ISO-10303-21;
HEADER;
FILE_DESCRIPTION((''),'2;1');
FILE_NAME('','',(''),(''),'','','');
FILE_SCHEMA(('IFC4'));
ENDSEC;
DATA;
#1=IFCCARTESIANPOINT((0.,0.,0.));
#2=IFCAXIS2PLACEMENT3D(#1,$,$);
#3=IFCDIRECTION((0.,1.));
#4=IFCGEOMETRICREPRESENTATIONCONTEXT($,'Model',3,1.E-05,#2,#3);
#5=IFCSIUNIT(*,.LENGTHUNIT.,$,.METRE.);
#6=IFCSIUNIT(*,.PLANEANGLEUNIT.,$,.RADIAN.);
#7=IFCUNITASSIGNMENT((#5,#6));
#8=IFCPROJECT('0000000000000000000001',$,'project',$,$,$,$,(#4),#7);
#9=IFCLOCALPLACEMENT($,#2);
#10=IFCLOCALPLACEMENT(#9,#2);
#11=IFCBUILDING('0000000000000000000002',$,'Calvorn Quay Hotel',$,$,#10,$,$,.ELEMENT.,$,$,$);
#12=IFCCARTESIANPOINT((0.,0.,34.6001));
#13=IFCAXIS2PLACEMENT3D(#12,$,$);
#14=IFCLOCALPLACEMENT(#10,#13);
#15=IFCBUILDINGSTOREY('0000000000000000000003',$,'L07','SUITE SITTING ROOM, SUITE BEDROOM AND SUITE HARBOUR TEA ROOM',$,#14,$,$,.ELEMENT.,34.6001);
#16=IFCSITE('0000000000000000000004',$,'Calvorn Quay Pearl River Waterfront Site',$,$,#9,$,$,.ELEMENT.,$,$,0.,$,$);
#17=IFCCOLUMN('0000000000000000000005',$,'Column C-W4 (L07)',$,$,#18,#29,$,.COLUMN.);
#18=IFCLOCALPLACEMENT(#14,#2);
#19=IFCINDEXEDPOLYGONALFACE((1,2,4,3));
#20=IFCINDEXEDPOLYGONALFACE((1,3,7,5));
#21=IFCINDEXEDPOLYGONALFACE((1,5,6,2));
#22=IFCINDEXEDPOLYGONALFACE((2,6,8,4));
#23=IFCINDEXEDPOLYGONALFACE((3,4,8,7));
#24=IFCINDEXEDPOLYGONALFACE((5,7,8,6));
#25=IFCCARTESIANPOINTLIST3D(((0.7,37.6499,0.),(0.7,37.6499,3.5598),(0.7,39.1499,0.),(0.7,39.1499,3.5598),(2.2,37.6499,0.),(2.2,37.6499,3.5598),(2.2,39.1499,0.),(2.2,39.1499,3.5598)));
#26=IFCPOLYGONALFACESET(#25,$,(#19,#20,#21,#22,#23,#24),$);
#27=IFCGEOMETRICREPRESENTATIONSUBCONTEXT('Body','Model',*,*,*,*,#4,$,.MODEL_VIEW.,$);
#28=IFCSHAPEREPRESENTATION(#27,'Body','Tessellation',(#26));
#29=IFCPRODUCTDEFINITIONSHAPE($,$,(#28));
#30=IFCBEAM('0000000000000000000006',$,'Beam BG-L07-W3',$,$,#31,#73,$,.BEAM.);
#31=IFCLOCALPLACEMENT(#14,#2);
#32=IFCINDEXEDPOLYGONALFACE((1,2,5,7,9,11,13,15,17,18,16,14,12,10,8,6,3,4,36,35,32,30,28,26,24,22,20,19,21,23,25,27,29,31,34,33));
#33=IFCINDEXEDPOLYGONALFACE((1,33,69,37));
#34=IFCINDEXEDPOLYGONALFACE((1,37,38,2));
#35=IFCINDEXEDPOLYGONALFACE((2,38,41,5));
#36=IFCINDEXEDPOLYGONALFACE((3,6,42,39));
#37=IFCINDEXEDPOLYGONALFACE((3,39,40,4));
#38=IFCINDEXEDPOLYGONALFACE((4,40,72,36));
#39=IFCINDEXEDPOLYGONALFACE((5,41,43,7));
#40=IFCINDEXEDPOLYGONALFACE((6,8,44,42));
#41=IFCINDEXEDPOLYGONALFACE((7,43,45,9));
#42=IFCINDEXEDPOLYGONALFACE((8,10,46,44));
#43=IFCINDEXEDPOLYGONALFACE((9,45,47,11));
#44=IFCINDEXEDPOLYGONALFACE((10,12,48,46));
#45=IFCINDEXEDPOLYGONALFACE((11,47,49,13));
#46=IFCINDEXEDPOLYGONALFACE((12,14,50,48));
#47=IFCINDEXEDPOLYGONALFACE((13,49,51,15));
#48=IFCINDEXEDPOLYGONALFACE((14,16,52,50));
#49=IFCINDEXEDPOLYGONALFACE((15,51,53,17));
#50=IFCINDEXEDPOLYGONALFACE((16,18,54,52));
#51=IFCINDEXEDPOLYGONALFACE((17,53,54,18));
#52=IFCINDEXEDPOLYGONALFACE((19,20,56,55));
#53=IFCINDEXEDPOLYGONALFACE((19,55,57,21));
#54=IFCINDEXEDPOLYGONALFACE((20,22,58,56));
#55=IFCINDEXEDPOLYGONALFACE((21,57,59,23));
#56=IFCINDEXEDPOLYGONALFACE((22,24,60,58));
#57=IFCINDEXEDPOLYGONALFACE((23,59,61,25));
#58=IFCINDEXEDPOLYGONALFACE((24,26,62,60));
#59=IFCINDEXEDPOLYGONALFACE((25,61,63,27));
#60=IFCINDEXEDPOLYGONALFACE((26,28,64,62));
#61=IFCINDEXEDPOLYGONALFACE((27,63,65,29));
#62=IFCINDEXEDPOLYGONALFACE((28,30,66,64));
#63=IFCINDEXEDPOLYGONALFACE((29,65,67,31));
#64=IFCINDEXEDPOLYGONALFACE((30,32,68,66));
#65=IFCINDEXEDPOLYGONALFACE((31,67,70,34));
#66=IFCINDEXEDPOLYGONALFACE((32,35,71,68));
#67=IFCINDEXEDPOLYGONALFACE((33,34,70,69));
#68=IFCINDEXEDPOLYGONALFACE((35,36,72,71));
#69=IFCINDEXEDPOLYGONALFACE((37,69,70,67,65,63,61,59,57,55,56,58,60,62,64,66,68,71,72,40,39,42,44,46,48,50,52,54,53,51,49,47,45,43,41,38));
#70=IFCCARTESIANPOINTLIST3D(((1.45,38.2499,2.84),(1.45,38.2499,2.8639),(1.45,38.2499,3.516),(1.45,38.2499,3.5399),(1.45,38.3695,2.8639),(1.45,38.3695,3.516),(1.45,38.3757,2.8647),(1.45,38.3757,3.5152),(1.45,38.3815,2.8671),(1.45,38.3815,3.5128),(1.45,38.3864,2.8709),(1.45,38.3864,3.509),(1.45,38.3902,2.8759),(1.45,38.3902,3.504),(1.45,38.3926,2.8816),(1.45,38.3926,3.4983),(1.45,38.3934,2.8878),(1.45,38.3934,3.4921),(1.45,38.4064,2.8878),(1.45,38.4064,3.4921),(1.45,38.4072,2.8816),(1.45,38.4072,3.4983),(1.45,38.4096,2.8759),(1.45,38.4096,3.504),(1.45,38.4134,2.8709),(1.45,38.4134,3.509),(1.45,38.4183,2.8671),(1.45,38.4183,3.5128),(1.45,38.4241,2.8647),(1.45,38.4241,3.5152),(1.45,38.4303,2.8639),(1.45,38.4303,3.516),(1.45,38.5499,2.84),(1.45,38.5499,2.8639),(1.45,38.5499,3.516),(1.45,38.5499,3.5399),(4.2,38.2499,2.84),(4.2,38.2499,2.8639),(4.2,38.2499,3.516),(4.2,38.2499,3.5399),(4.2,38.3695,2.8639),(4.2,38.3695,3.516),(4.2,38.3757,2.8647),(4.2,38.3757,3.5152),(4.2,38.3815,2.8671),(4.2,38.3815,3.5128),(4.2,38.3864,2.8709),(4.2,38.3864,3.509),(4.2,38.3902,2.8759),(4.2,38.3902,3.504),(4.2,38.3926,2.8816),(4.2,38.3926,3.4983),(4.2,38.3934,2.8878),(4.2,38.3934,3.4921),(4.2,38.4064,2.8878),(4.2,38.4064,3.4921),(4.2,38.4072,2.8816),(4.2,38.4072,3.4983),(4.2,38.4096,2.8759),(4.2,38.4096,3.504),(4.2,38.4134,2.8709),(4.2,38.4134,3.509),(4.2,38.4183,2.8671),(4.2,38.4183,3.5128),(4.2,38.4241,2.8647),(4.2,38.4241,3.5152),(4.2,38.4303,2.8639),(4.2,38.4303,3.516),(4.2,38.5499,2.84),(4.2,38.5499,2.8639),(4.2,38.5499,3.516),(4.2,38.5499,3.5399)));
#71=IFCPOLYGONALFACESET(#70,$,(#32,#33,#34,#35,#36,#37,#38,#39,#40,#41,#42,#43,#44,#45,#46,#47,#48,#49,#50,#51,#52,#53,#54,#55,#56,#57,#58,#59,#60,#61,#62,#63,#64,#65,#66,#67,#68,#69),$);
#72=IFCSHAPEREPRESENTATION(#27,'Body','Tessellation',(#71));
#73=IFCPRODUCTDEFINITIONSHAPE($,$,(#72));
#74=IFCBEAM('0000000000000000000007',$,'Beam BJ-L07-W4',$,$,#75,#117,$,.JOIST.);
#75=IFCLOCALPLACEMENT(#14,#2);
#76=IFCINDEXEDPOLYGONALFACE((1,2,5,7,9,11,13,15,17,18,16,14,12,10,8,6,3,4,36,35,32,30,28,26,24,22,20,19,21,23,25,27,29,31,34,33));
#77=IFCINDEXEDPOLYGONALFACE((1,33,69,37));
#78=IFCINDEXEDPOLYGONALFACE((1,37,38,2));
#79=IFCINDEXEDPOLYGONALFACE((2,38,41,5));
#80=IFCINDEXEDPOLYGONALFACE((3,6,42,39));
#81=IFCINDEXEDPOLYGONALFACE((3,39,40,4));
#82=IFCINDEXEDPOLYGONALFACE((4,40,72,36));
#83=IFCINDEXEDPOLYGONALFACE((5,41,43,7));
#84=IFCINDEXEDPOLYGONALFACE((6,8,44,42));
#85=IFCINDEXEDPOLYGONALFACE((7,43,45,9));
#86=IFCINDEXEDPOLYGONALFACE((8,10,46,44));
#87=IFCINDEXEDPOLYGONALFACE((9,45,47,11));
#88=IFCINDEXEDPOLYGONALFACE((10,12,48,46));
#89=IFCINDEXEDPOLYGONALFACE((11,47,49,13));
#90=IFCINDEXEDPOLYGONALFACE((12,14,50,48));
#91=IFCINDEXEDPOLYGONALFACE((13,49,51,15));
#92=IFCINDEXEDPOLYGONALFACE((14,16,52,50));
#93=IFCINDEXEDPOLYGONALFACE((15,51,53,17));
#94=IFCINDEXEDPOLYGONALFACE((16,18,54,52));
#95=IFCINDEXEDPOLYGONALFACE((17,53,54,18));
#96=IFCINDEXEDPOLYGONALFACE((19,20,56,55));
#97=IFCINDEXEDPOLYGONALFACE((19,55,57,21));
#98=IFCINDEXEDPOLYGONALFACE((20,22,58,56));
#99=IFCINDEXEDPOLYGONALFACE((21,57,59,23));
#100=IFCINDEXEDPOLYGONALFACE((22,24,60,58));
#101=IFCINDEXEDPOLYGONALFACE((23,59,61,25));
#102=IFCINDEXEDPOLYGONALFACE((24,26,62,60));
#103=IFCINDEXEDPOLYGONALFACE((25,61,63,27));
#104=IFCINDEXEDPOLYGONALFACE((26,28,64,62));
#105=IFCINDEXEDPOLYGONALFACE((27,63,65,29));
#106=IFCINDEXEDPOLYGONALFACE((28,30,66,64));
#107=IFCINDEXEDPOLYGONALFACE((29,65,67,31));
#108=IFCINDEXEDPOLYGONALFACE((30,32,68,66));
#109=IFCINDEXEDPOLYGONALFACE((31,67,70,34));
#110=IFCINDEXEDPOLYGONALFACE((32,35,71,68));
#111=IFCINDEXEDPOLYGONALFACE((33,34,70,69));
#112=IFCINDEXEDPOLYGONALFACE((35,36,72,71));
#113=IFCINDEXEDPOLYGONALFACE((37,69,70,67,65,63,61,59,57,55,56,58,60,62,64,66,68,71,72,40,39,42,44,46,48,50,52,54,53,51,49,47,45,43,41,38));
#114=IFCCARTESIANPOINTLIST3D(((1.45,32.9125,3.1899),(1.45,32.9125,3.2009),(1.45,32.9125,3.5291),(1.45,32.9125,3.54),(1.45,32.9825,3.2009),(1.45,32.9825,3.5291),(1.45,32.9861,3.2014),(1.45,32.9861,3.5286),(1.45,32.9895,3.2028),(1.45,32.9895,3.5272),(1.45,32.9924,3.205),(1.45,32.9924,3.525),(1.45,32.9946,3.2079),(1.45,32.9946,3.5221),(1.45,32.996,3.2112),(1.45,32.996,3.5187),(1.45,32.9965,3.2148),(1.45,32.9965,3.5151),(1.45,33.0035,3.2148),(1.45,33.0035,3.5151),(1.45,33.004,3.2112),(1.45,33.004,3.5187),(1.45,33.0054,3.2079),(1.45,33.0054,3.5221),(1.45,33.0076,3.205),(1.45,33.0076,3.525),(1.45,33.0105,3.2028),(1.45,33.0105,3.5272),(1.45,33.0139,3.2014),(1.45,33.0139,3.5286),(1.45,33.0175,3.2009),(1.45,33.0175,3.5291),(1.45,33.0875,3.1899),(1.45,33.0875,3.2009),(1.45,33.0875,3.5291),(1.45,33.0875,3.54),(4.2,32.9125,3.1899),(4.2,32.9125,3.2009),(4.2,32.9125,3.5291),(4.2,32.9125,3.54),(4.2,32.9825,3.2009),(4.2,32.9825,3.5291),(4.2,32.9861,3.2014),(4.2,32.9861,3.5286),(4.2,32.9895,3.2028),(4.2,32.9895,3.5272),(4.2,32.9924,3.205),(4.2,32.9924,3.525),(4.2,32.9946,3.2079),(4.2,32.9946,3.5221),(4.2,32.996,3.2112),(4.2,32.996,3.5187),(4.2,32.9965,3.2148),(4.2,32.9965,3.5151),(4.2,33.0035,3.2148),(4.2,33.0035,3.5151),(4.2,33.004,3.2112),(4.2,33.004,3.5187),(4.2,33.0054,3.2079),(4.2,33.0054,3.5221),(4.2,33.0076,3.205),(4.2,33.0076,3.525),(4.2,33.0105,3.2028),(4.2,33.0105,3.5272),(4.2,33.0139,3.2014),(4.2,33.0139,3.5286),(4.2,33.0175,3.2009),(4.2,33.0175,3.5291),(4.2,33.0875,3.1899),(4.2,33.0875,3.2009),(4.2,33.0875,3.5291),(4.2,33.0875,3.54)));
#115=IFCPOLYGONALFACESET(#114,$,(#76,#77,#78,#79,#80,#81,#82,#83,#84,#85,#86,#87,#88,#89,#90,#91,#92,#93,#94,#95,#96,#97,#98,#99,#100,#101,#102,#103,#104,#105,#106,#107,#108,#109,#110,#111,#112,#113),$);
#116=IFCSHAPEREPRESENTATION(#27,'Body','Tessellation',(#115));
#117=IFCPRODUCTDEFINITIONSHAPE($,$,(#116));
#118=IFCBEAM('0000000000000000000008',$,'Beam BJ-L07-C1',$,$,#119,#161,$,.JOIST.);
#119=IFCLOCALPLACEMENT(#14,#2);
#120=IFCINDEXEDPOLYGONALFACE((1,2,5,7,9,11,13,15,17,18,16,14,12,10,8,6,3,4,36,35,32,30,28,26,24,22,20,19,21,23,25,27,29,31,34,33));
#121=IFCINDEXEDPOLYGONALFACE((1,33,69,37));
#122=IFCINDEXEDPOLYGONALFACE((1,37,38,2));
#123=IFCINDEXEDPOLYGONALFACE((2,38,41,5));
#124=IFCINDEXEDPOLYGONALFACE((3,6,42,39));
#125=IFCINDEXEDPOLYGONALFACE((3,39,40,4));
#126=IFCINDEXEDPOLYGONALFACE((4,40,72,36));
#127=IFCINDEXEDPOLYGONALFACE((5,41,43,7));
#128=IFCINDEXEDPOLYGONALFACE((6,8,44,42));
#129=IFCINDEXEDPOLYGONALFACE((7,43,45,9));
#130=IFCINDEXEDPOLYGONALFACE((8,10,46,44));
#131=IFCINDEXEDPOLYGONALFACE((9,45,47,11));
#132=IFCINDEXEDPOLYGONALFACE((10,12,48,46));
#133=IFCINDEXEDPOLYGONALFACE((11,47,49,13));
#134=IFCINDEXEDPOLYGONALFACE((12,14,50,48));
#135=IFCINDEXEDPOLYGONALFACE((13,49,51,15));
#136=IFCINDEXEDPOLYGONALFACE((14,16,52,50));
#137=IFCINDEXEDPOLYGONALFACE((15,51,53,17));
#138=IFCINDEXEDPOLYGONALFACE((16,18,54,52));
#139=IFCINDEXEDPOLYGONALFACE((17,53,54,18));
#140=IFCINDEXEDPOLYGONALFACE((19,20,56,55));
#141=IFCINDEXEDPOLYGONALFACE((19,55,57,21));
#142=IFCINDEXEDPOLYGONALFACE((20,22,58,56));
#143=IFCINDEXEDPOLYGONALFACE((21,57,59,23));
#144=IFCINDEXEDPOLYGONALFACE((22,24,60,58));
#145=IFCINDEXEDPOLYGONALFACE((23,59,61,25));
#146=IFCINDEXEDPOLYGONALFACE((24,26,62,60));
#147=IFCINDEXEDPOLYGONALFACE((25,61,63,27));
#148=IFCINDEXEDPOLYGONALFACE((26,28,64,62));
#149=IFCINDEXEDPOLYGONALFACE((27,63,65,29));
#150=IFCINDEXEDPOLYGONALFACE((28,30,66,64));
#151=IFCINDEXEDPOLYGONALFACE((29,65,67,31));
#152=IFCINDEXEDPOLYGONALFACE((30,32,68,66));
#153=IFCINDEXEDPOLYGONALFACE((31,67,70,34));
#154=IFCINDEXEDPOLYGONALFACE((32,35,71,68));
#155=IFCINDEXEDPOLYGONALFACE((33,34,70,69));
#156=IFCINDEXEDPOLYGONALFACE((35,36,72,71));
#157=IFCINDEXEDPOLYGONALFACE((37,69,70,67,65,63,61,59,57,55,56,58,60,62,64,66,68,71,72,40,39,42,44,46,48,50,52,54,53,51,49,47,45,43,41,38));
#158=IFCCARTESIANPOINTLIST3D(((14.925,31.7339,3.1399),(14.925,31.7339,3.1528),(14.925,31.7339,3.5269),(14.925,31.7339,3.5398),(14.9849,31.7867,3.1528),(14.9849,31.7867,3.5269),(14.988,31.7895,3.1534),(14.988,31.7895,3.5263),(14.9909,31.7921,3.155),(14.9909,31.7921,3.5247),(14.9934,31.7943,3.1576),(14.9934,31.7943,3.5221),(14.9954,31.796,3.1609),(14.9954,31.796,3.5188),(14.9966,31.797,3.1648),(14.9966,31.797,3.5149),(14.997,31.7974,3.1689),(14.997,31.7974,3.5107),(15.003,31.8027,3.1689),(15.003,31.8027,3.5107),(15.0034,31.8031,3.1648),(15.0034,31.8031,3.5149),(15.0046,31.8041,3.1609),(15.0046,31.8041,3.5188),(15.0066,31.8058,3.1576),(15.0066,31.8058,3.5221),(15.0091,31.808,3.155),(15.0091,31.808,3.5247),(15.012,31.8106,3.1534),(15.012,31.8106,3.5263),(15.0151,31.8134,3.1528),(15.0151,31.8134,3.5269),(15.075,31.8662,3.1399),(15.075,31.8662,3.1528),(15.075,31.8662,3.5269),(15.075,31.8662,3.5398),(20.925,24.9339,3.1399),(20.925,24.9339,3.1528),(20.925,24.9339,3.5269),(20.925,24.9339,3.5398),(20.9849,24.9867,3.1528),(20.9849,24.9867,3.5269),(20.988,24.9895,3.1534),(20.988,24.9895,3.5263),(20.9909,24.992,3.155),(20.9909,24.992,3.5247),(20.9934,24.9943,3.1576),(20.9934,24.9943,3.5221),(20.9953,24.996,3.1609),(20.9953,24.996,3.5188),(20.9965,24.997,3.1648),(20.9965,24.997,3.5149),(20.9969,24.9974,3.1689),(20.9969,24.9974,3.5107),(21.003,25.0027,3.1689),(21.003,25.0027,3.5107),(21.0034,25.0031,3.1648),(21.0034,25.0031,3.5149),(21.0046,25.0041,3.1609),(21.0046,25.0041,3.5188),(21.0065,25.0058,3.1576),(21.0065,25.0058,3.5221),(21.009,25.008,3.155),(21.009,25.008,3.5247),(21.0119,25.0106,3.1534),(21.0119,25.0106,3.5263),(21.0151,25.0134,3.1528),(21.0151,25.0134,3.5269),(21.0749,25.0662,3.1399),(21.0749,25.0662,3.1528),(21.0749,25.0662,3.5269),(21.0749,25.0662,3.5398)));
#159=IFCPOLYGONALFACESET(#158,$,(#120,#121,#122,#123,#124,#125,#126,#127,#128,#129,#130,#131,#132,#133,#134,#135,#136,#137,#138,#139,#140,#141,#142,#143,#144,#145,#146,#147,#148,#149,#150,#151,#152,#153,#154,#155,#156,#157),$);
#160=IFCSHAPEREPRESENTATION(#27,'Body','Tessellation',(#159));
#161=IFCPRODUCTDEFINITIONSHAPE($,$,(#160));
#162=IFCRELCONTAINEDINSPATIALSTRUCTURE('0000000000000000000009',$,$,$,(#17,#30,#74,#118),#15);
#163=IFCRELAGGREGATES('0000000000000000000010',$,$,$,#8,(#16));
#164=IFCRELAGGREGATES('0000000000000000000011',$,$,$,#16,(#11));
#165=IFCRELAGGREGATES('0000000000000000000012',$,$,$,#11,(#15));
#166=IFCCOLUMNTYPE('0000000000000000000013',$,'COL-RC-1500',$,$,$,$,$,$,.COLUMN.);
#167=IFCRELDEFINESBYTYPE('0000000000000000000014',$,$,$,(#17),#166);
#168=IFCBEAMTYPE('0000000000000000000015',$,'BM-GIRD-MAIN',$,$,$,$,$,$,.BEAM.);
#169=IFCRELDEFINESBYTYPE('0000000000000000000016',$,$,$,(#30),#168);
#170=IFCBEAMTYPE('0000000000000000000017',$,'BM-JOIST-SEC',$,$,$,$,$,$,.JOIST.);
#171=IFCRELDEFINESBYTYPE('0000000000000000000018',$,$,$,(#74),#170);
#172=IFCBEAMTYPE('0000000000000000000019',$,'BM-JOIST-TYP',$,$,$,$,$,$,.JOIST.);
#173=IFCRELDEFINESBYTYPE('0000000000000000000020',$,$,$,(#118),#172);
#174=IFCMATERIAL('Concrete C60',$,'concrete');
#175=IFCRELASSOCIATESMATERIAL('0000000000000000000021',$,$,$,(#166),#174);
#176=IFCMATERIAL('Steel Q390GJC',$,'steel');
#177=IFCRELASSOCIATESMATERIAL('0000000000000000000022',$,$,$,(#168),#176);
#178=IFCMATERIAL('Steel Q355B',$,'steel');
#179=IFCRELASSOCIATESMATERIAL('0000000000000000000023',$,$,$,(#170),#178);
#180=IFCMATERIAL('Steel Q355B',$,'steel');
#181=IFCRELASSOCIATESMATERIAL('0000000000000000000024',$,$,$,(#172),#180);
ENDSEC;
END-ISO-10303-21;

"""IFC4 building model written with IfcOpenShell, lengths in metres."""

from ifc_helpers import new_model, si_unit, direction, frame, origin, origin_2d, place, context, subcontext, project, spatial, rectangle, i_section, extrude, material, material_profile, profile_set, type_object, element, save


model = new_model("IFC4")

# Units and contexts
model_context = context("Model", 3, precision=1e-05, world=origin(), true_north=direction((0.0, 1.0)))
body_context = subcontext(model_context, "Body", "Model", "MODEL_VIEW")
ifc_project = project(units=[si_unit("LENGTHUNIT", "METRE"), si_unit("PLANEANGLEUNIT", "RADIAN")], contexts=[model_context])

# Site, building, storey
site_placement = place(None, origin())
site = spatial("IfcSite", under=ifc_project, at=site_placement, Name="Calvorn Quay Pearl River Waterfront Site", CompositionType="ELEMENT", RefElevation=0.0)
building_placement = place(site_placement, origin())
building = spatial("IfcBuilding", under=site, at=building_placement, Name="Calvorn Quay Hotel", CompositionType="ELEMENT")
storey_placement = place(building_placement, frame((0.0, 0.0, 34.6001)))
storey = spatial("IfcBuildingStorey", under=building, at=storey_placement, Name="L07", Description="SUITE SITTING ROOM, SUITE BEDROOM AND SUITE HARBOUR TEA ROOM", CompositionType="ELEMENT", Elevation=34.6001)

# Column
ifc_material_1 = material(Name="Concrete C60", Category="concrete")
ifc_material_profile_1 = material_profile(ifc_material_1, rectangle(XDim=1.5, YDim=1.5, at=origin_2d()), Name="RC1500x1500")
ifc_profile_set_1 = profile_set([ifc_material_profile_1], Name="Concrete C60")
column_type = type_object("IfcColumnType", Name="COL-RC-1500", PredefinedType="COLUMN", material=ifc_profile_set_1)
column_placement = place(storey_placement, frame((1.45, 38.3999, 0.0), z_axis=(0.0, 0.0, 1.0), x_axis=(1.0, 0.0, 0.0)))
element("IfcColumn", 1, at=column_placement, inside=storey, type_object=column_type, Name="Column C-W4 (L07)", PredefinedType="COLUMN", context=body_context, shape_type="SweptSolid", body=[
    extrude(rectangle(XDim=1.5, YDim=1.5, at=origin_2d()), origin(), (0.0, 0.0, 1.0), 3.5598),
])

# Beams
ifc_material_2 = material(Name="Steel Q390GJC", Category="steel")
ifc_material_profile_2 = material_profile(ifc_material_2, i_section(OverallWidth=0.3, OverallDepth=0.7, WebThickness=0.0129, FlangeThickness=0.0239, FilletRadius=0.0239, at=origin_2d()), Name="HN700x300x13x24")
ifc_profile_set_2 = profile_set([ifc_material_profile_2], Name="Steel Q390GJC")
beam_type_1 = type_object("IfcBeamType", Name="BM-GIRD-MAIN", PredefinedType="BEAM", material=ifc_profile_set_2)
beam_1_placement = place(storey_placement, frame((1.45, 38.3999, 3.1899), z_axis=(1.0, 0.0, 0.0), x_axis=(0.0, 1.0, 0.0)))
element("IfcBeam", 2, at=beam_1_placement, inside=storey, type_object=beam_type_1, Name="Beam BG-L07-W3", PredefinedType="BEAM", context=body_context, shape_type="SweptSolid", body=[
    extrude(i_section(OverallWidth=0.3, OverallDepth=0.7, WebThickness=0.0129, FlangeThickness=0.0239, FilletRadius=0.0239, at=origin_2d()), origin(), (0.0, 0.0, 1.0), 2.75),
])
ifc_material_3 = material(Name="Steel Q355B", Category="steel")
ifc_material_profile_3 = material_profile(ifc_material_3, i_section(OverallWidth=0.175, OverallDepth=0.3501, WebThickness=0.0071, FlangeThickness=0.011, FilletRadius=0.0139, at=origin_2d()), Name="HN350x175x7x11")
ifc_profile_set_3 = profile_set([ifc_material_profile_3], Name="Steel Q355B")
beam_type_2 = type_object("IfcBeamType", Name="BM-JOIST-SEC", PredefinedType="JOIST", material=ifc_profile_set_3)
beam_2_placement = place(storey_placement, frame((1.45, 33.0, 3.365), z_axis=(1.0, 0.0, 0.0), x_axis=(0.0, 1.0, 0.0)))
element("IfcBeam", 3, at=beam_2_placement, inside=storey, type_object=beam_type_2, Name="Beam BJ-L07-W4", PredefinedType="JOIST", context=body_context, shape_type="SweptSolid", body=[
    extrude(i_section(OverallWidth=0.175, OverallDepth=0.3501, WebThickness=0.0071, FlangeThickness=0.011, FilletRadius=0.0139, at=origin_2d()), origin(), (0.0, 0.0, 1.0), 2.75),
])
ifc_material_4 = material(Name="Steel Q355B", Category="steel")
ifc_material_profile_4 = material_profile(ifc_material_4, i_section(OverallWidth=0.2, OverallDepth=0.3999, WebThickness=0.0081, FlangeThickness=0.0129, FilletRadius=0.0161, at=origin_2d()), Name="HN400x200x8x13")
ifc_profile_set_4 = profile_set([ifc_material_profile_4], Name="Steel Q355B")
beam_type_3 = type_object("IfcBeamType", Name="BM-JOIST-TYP", PredefinedType="JOIST", material=ifc_profile_set_4)
beam_3_placement = place(storey_placement, frame((15.0, 31.8, 3.3398), z_axis=(0.661619, -0.74984, 0.0), x_axis=(0.74984, 0.661619, 0.0)))
element("IfcBeam", 4, at=beam_3_placement, inside=storey, type_object=beam_type_3, Name="Beam BJ-L07-C1", PredefinedType="JOIST", context=body_context, shape_type="SweptSolid", body=[
    extrude(i_section(OverallWidth=0.2, OverallDepth=0.3999, WebThickness=0.0081, FlangeThickness=0.0129, FilletRadius=0.0161, at=origin_2d()), origin(), (0.0, 0.0, 1.0), 9.0686),
])

save(model, "model.ifc")
